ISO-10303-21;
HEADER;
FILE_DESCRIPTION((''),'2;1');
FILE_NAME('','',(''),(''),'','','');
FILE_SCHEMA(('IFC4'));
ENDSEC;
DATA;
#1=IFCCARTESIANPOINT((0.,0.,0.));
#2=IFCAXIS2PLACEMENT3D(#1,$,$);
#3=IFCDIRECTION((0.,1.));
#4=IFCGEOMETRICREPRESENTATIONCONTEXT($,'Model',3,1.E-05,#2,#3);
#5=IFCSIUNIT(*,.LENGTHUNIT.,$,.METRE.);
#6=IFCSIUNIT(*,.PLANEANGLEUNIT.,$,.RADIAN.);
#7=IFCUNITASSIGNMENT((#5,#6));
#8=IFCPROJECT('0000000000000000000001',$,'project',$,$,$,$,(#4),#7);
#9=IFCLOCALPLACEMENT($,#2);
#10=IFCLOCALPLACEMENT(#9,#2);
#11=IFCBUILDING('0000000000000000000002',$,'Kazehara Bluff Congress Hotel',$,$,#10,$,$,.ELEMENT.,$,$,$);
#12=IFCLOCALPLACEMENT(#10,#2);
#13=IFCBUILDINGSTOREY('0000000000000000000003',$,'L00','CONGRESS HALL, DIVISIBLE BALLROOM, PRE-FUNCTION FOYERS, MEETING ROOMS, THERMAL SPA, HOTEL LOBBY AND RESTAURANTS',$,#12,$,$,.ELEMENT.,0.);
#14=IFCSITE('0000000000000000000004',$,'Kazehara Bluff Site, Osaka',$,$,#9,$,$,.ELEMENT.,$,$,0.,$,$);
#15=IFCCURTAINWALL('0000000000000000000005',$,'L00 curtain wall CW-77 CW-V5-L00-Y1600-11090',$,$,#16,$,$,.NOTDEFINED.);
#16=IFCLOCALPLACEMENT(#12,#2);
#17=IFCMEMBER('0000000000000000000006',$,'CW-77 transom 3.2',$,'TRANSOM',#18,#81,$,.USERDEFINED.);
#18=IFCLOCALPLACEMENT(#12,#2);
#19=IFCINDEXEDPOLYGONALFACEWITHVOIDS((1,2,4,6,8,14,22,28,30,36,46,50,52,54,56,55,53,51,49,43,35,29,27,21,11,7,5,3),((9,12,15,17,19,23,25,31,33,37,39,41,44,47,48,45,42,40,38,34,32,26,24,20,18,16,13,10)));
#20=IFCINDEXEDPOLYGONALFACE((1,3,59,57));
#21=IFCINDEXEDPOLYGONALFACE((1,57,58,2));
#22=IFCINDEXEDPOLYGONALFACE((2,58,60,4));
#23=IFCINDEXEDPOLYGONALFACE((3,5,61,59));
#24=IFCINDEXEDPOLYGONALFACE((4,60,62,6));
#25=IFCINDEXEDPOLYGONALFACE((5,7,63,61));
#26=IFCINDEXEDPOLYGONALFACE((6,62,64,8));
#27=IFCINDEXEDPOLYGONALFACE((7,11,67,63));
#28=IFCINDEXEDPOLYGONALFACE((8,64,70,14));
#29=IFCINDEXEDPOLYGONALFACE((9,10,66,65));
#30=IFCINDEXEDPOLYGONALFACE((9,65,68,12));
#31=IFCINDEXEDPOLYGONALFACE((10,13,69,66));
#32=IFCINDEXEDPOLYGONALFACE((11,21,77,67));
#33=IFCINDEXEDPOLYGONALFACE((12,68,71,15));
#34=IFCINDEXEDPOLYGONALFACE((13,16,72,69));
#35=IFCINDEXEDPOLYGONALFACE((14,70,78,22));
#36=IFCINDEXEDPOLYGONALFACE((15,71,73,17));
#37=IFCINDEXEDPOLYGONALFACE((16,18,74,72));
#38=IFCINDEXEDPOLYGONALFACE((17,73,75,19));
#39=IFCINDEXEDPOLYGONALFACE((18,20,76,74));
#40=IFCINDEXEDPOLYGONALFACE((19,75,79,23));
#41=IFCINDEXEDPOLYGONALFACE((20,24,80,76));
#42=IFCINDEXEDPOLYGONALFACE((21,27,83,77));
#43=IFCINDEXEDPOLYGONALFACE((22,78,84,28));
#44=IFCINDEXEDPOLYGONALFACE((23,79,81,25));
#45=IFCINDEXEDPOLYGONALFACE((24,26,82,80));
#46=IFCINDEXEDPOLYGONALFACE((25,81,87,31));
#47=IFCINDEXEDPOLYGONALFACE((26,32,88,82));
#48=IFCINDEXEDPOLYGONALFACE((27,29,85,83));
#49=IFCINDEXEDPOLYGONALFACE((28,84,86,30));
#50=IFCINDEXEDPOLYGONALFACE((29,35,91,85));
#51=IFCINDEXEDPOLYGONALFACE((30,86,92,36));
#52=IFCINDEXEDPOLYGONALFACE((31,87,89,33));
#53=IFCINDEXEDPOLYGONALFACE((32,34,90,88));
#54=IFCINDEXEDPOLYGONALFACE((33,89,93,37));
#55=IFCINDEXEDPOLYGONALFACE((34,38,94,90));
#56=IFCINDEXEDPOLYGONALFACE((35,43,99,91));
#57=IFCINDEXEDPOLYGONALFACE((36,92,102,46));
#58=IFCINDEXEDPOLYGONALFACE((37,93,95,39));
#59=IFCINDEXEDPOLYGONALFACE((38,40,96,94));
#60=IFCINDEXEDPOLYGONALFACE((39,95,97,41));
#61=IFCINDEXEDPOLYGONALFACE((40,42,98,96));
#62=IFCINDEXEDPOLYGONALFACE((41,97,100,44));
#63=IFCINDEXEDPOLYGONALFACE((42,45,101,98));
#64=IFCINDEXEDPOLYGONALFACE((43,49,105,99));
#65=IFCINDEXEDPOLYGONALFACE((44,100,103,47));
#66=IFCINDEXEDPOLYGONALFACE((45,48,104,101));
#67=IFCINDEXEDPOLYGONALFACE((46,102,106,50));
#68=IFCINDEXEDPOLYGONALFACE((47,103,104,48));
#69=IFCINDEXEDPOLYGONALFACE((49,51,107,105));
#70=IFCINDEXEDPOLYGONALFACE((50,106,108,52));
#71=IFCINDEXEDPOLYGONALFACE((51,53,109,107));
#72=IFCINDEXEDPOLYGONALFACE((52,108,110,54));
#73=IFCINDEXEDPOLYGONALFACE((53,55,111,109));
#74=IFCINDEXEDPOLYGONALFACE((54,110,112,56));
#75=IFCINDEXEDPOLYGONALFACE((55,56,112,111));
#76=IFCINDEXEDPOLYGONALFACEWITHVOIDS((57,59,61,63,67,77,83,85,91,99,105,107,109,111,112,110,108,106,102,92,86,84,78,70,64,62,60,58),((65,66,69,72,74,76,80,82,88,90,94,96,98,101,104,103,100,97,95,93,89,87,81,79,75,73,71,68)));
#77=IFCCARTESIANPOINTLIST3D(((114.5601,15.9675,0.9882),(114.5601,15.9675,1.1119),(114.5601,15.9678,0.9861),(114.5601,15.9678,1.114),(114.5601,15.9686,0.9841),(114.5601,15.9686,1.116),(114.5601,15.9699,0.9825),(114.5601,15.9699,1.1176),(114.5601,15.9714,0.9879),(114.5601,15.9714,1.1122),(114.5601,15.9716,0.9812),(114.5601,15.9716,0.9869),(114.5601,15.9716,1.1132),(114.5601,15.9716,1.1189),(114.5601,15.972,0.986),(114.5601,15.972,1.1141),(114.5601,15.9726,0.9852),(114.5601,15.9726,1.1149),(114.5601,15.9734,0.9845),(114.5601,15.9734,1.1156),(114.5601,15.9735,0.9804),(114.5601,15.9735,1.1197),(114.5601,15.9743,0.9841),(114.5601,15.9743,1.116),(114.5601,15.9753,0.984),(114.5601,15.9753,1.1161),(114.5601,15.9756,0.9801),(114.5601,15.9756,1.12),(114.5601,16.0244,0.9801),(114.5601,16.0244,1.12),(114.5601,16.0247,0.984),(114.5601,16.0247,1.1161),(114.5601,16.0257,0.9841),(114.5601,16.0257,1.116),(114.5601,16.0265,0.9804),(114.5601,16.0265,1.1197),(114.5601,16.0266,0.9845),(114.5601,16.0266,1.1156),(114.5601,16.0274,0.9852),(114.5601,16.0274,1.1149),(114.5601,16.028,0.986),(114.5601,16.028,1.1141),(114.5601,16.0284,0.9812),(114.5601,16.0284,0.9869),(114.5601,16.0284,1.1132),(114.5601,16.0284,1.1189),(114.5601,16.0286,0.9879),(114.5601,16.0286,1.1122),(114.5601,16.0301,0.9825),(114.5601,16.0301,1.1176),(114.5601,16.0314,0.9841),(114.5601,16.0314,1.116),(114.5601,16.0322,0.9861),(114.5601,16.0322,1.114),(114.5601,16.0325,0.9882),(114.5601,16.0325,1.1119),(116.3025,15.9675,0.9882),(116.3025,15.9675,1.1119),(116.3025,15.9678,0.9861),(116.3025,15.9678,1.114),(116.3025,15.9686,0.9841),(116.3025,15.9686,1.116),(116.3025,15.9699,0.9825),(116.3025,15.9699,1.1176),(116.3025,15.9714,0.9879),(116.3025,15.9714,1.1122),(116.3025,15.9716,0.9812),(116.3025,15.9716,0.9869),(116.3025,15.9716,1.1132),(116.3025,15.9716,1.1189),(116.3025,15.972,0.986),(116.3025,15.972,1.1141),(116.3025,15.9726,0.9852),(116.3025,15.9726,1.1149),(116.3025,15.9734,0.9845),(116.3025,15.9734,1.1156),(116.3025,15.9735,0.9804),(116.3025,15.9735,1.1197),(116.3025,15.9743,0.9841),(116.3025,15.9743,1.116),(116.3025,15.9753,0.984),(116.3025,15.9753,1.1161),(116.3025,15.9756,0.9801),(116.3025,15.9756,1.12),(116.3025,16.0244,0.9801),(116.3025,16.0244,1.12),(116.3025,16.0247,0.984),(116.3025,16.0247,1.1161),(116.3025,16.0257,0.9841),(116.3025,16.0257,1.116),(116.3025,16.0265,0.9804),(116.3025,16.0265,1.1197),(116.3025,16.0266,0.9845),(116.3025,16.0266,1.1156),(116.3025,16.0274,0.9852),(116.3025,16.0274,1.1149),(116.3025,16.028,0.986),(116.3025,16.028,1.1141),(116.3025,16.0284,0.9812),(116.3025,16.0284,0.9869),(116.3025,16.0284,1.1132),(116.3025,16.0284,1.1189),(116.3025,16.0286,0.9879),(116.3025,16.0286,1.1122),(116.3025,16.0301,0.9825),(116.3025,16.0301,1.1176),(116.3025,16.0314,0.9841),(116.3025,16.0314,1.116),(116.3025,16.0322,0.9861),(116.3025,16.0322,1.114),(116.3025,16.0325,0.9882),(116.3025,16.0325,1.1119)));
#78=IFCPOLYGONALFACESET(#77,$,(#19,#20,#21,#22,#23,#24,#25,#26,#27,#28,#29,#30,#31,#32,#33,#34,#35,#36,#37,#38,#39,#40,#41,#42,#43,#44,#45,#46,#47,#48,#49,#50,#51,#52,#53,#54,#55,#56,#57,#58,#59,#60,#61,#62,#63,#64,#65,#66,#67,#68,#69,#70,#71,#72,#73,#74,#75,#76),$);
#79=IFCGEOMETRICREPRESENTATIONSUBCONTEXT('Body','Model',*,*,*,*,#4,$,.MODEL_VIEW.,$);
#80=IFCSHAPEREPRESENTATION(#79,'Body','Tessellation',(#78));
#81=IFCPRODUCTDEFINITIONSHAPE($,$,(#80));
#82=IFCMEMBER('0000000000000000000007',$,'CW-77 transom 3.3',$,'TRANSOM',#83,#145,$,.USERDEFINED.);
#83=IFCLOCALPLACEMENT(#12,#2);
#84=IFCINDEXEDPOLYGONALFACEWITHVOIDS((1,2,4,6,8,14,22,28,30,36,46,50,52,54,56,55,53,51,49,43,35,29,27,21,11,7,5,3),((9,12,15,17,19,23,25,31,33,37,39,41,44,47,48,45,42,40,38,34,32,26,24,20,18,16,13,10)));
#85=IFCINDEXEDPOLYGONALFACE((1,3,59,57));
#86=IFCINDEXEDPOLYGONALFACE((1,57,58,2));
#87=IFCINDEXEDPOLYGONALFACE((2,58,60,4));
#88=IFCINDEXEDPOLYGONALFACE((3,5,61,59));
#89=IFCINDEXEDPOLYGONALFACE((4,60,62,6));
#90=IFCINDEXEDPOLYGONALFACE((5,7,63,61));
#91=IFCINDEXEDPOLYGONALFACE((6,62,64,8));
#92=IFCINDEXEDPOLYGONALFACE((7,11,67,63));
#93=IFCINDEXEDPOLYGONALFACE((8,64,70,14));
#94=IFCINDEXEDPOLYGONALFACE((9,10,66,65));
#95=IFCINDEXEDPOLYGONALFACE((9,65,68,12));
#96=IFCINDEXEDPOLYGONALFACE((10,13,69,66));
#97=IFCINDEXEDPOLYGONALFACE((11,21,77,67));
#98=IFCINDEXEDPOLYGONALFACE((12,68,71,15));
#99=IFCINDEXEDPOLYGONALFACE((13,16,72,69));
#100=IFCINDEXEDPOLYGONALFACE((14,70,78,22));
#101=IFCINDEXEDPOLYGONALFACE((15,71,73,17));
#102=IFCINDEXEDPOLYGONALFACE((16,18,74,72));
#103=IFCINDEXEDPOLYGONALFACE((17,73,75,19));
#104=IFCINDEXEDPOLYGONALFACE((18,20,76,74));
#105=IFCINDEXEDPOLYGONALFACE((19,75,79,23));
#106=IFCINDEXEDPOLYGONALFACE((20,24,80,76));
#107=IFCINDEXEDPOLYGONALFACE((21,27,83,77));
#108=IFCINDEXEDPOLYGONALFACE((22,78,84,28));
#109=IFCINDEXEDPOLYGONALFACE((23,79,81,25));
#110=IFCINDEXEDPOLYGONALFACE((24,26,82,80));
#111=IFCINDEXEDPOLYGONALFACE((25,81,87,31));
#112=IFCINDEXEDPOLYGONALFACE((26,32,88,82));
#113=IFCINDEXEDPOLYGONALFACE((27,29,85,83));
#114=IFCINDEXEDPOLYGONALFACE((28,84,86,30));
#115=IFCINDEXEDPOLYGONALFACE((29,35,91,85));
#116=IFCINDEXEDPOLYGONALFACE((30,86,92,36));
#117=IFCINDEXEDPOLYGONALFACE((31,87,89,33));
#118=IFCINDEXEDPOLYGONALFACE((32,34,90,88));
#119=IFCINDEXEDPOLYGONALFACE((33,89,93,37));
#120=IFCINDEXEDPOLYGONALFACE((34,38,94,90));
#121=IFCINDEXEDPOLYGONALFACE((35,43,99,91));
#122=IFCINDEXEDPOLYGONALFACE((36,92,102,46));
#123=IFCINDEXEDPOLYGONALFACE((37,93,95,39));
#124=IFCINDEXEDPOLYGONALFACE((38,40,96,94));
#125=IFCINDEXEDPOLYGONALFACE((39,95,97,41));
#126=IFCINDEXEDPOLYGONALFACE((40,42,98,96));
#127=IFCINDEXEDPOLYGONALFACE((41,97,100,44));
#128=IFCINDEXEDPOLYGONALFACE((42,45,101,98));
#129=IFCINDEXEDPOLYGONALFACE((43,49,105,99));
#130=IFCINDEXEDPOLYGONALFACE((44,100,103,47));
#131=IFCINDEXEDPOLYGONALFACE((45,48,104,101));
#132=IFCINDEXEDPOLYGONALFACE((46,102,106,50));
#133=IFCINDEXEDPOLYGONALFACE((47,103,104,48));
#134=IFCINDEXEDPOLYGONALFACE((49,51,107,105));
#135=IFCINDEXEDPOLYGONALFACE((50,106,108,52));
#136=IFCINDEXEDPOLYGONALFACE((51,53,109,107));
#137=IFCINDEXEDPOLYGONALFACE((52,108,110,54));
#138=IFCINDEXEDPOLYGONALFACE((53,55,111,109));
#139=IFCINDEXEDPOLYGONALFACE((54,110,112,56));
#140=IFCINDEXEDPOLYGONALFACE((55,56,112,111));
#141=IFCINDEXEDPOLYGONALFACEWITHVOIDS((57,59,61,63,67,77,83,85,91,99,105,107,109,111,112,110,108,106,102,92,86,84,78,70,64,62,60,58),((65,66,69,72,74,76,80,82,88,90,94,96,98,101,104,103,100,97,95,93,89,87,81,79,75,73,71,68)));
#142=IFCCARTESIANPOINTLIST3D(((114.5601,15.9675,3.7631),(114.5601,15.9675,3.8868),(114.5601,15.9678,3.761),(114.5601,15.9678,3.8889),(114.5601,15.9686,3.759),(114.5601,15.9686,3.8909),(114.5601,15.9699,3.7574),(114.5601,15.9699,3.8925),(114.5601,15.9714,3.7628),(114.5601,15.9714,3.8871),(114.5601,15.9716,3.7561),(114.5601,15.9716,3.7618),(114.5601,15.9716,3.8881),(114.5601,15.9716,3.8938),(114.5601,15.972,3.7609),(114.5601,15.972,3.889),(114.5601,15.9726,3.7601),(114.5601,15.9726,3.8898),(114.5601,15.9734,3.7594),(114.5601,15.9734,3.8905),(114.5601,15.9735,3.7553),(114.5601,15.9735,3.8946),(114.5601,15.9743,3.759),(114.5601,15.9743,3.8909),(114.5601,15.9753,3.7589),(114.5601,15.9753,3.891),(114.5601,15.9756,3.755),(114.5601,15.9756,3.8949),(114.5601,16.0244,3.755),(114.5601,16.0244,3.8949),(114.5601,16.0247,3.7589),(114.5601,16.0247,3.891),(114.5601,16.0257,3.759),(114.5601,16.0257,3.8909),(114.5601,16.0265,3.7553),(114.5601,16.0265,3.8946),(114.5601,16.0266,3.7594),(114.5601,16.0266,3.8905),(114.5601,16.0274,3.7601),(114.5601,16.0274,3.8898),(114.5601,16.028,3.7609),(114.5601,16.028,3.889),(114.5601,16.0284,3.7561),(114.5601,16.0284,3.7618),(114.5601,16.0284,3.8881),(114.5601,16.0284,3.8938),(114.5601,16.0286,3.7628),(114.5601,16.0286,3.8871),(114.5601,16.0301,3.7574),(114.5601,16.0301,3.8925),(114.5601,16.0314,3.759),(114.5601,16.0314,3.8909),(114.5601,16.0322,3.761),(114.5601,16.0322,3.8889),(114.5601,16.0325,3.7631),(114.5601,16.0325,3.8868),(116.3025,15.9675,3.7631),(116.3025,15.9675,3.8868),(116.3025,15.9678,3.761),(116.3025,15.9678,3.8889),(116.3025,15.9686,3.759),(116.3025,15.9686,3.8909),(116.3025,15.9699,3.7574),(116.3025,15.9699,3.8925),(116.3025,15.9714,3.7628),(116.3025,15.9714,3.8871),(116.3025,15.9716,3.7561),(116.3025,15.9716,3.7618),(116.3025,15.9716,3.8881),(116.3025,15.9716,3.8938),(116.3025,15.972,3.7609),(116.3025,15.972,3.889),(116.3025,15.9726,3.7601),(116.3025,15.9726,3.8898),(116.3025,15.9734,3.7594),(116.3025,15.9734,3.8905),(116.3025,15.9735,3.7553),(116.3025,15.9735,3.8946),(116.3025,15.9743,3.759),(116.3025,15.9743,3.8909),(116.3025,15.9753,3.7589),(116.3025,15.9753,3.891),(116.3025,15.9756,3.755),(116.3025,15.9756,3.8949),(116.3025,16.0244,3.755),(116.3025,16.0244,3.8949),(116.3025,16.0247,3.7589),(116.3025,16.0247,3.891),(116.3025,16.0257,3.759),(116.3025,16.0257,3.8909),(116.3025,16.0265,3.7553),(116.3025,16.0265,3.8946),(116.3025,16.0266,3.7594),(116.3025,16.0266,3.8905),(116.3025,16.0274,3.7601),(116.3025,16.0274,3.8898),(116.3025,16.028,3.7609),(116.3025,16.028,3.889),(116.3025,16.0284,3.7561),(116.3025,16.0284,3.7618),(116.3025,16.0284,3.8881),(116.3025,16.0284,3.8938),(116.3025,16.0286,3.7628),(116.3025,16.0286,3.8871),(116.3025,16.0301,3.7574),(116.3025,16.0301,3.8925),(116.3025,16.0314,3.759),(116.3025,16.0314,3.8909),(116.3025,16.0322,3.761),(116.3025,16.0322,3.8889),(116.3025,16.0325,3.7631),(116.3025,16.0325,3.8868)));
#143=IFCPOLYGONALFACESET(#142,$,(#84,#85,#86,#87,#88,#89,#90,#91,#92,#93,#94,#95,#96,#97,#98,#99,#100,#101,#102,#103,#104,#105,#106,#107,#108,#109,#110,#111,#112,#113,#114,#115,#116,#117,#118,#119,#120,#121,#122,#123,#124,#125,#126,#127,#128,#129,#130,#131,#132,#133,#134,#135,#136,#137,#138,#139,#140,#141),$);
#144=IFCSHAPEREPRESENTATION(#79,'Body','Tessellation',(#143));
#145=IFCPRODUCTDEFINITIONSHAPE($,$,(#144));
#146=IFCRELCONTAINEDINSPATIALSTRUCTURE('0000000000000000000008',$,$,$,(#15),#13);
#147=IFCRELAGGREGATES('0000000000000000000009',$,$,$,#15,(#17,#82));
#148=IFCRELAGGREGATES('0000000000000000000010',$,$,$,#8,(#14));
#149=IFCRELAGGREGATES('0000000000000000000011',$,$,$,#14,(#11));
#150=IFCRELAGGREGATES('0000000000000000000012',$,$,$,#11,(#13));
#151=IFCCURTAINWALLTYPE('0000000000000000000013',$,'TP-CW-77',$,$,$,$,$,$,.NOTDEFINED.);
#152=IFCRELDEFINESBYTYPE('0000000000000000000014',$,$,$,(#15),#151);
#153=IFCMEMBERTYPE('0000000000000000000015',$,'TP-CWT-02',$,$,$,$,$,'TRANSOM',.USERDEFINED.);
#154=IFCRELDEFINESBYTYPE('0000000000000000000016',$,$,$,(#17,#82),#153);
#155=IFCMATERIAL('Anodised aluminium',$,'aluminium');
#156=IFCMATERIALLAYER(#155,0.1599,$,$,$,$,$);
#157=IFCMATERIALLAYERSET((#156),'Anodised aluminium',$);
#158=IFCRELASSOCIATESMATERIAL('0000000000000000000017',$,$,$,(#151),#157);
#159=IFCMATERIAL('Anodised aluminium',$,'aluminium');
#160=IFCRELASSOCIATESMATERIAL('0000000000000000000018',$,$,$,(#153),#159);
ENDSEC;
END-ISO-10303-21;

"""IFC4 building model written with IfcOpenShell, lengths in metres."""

from ifc_helpers import new_model, si_unit, direction, frame, origin, origin_2d, place, context, subcontext, project, spatial, hollow_rectangle, extrude, material, layer, layer_set, material_profile, profile_set, type_object, element, aggregate, save


model = new_model("IFC4")

# Units and contexts
model_context = context("Model", 3, precision=1e-05, world=origin(), true_north=direction((0.0, 1.0)))
body_context = subcontext(model_context, "Body", "Model", "MODEL_VIEW")
ifc_project = project(units=[si_unit("LENGTHUNIT", "METRE"), si_unit("PLANEANGLEUNIT", "RADIAN")], contexts=[model_context])

# Site, building, storey
site_placement = place(None, origin())
site = spatial("IfcSite", under=ifc_project, at=site_placement, Name="Kazehara Bluff Site, Osaka", CompositionType="ELEMENT", RefElevation=0.0)
building_placement = place(site_placement, origin())
building = spatial("IfcBuilding", under=site, at=building_placement, Name="Kazehara Bluff Congress Hotel", CompositionType="ELEMENT")
storey_placement = place(building_placement, origin())
storey = spatial("IfcBuildingStorey", under=building, at=storey_placement, Name="L00", Description="CONGRESS HALL, DIVISIBLE BALLROOM, PRE-FUNCTION FOYERS, MEETING ROOMS, THERMAL SPA, HOTEL LOBBY AND RESTAURANTS", CompositionType="ELEMENT", Elevation=0.0)

# Curtain wall, members
ifc_material_1 = material(Name="Anodised aluminium", Category="aluminium")
ifc_layer_1 = layer(ifc_material_1, 0.1599)
ifc_layer_set_1 = layer_set([ifc_layer_1], Name="Anodised aluminium")
curtain_wall_type = type_object("IfcCurtainWallType", Name="TP-CW-77", PredefinedType="NOTDEFINED", material=ifc_layer_set_1)
curtain_wall_placement = place(storey_placement, origin())
curtain_wall = element("IfcCurtainWall", 1, at=curtain_wall_placement, inside=storey, type_object=curtain_wall_type, Name="L00 curtain wall CW-77 CW-V5-L00-Y1600-11090", PredefinedType="NOTDEFINED")
ifc_material_2 = material(Name="Anodised aluminium", Category="aluminium")
ifc_material_profile_1 = material_profile(ifc_material_2, hollow_rectangle(XDim=0.0649, YDim=0.1399, WallThickness=0.0039, InnerFilletRadius=0.0039, OuterFilletRadius=0.0081, at=origin_2d()))
ifc_profile_set_1 = profile_set([ifc_material_profile_1], Name="Anodised aluminium")
member_type_1 = type_object("IfcMemberType", Name="TP-CWT-02", ElementType="TRANSOM", PredefinedType="USERDEFINED", material=ifc_profile_set_1)
member_1_placement = place(storey_placement, frame((114.5601, 16.0, 1.05), z_axis=(1.0, 0.0, 0.0), x_axis=(0.0, 1.0, 0.0)))
member_1 = element("IfcMember", 2, at=member_1_placement, type_object=member_type_1, Name="CW-77 transom 3.2", ObjectType="TRANSOM", PredefinedType="USERDEFINED", context=body_context, shape_type="SweptSolid", body=[
    extrude(hollow_rectangle(XDim=0.0649, YDim=0.1399, WallThickness=0.0039, InnerFilletRadius=0.0039, OuterFilletRadius=0.0081, at=origin_2d()), origin(), (0.0, 0.0, 1.0), 1.7424),
])
member_2_placement = place(storey_placement, frame((114.5601, 16.0, 3.825), z_axis=(1.0, 0.0, 0.0), x_axis=(0.0, 1.0, 0.0)))
member_2 = element("IfcMember", 3, at=member_2_placement, type_object=member_type_1, Name="CW-77 transom 3.3", ObjectType="TRANSOM", PredefinedType="USERDEFINED", context=body_context, shape_type="SweptSolid", body=[
    extrude(hollow_rectangle(XDim=0.0649, YDim=0.1399, WallThickness=0.0039, InnerFilletRadius=0.0039, OuterFilletRadius=0.0081, at=origin_2d()), origin(), (0.0, 0.0, 1.0), 1.7424),
])

aggregate(curtain_wall, [member_1, member_2])

save(model, "model.ifc")
